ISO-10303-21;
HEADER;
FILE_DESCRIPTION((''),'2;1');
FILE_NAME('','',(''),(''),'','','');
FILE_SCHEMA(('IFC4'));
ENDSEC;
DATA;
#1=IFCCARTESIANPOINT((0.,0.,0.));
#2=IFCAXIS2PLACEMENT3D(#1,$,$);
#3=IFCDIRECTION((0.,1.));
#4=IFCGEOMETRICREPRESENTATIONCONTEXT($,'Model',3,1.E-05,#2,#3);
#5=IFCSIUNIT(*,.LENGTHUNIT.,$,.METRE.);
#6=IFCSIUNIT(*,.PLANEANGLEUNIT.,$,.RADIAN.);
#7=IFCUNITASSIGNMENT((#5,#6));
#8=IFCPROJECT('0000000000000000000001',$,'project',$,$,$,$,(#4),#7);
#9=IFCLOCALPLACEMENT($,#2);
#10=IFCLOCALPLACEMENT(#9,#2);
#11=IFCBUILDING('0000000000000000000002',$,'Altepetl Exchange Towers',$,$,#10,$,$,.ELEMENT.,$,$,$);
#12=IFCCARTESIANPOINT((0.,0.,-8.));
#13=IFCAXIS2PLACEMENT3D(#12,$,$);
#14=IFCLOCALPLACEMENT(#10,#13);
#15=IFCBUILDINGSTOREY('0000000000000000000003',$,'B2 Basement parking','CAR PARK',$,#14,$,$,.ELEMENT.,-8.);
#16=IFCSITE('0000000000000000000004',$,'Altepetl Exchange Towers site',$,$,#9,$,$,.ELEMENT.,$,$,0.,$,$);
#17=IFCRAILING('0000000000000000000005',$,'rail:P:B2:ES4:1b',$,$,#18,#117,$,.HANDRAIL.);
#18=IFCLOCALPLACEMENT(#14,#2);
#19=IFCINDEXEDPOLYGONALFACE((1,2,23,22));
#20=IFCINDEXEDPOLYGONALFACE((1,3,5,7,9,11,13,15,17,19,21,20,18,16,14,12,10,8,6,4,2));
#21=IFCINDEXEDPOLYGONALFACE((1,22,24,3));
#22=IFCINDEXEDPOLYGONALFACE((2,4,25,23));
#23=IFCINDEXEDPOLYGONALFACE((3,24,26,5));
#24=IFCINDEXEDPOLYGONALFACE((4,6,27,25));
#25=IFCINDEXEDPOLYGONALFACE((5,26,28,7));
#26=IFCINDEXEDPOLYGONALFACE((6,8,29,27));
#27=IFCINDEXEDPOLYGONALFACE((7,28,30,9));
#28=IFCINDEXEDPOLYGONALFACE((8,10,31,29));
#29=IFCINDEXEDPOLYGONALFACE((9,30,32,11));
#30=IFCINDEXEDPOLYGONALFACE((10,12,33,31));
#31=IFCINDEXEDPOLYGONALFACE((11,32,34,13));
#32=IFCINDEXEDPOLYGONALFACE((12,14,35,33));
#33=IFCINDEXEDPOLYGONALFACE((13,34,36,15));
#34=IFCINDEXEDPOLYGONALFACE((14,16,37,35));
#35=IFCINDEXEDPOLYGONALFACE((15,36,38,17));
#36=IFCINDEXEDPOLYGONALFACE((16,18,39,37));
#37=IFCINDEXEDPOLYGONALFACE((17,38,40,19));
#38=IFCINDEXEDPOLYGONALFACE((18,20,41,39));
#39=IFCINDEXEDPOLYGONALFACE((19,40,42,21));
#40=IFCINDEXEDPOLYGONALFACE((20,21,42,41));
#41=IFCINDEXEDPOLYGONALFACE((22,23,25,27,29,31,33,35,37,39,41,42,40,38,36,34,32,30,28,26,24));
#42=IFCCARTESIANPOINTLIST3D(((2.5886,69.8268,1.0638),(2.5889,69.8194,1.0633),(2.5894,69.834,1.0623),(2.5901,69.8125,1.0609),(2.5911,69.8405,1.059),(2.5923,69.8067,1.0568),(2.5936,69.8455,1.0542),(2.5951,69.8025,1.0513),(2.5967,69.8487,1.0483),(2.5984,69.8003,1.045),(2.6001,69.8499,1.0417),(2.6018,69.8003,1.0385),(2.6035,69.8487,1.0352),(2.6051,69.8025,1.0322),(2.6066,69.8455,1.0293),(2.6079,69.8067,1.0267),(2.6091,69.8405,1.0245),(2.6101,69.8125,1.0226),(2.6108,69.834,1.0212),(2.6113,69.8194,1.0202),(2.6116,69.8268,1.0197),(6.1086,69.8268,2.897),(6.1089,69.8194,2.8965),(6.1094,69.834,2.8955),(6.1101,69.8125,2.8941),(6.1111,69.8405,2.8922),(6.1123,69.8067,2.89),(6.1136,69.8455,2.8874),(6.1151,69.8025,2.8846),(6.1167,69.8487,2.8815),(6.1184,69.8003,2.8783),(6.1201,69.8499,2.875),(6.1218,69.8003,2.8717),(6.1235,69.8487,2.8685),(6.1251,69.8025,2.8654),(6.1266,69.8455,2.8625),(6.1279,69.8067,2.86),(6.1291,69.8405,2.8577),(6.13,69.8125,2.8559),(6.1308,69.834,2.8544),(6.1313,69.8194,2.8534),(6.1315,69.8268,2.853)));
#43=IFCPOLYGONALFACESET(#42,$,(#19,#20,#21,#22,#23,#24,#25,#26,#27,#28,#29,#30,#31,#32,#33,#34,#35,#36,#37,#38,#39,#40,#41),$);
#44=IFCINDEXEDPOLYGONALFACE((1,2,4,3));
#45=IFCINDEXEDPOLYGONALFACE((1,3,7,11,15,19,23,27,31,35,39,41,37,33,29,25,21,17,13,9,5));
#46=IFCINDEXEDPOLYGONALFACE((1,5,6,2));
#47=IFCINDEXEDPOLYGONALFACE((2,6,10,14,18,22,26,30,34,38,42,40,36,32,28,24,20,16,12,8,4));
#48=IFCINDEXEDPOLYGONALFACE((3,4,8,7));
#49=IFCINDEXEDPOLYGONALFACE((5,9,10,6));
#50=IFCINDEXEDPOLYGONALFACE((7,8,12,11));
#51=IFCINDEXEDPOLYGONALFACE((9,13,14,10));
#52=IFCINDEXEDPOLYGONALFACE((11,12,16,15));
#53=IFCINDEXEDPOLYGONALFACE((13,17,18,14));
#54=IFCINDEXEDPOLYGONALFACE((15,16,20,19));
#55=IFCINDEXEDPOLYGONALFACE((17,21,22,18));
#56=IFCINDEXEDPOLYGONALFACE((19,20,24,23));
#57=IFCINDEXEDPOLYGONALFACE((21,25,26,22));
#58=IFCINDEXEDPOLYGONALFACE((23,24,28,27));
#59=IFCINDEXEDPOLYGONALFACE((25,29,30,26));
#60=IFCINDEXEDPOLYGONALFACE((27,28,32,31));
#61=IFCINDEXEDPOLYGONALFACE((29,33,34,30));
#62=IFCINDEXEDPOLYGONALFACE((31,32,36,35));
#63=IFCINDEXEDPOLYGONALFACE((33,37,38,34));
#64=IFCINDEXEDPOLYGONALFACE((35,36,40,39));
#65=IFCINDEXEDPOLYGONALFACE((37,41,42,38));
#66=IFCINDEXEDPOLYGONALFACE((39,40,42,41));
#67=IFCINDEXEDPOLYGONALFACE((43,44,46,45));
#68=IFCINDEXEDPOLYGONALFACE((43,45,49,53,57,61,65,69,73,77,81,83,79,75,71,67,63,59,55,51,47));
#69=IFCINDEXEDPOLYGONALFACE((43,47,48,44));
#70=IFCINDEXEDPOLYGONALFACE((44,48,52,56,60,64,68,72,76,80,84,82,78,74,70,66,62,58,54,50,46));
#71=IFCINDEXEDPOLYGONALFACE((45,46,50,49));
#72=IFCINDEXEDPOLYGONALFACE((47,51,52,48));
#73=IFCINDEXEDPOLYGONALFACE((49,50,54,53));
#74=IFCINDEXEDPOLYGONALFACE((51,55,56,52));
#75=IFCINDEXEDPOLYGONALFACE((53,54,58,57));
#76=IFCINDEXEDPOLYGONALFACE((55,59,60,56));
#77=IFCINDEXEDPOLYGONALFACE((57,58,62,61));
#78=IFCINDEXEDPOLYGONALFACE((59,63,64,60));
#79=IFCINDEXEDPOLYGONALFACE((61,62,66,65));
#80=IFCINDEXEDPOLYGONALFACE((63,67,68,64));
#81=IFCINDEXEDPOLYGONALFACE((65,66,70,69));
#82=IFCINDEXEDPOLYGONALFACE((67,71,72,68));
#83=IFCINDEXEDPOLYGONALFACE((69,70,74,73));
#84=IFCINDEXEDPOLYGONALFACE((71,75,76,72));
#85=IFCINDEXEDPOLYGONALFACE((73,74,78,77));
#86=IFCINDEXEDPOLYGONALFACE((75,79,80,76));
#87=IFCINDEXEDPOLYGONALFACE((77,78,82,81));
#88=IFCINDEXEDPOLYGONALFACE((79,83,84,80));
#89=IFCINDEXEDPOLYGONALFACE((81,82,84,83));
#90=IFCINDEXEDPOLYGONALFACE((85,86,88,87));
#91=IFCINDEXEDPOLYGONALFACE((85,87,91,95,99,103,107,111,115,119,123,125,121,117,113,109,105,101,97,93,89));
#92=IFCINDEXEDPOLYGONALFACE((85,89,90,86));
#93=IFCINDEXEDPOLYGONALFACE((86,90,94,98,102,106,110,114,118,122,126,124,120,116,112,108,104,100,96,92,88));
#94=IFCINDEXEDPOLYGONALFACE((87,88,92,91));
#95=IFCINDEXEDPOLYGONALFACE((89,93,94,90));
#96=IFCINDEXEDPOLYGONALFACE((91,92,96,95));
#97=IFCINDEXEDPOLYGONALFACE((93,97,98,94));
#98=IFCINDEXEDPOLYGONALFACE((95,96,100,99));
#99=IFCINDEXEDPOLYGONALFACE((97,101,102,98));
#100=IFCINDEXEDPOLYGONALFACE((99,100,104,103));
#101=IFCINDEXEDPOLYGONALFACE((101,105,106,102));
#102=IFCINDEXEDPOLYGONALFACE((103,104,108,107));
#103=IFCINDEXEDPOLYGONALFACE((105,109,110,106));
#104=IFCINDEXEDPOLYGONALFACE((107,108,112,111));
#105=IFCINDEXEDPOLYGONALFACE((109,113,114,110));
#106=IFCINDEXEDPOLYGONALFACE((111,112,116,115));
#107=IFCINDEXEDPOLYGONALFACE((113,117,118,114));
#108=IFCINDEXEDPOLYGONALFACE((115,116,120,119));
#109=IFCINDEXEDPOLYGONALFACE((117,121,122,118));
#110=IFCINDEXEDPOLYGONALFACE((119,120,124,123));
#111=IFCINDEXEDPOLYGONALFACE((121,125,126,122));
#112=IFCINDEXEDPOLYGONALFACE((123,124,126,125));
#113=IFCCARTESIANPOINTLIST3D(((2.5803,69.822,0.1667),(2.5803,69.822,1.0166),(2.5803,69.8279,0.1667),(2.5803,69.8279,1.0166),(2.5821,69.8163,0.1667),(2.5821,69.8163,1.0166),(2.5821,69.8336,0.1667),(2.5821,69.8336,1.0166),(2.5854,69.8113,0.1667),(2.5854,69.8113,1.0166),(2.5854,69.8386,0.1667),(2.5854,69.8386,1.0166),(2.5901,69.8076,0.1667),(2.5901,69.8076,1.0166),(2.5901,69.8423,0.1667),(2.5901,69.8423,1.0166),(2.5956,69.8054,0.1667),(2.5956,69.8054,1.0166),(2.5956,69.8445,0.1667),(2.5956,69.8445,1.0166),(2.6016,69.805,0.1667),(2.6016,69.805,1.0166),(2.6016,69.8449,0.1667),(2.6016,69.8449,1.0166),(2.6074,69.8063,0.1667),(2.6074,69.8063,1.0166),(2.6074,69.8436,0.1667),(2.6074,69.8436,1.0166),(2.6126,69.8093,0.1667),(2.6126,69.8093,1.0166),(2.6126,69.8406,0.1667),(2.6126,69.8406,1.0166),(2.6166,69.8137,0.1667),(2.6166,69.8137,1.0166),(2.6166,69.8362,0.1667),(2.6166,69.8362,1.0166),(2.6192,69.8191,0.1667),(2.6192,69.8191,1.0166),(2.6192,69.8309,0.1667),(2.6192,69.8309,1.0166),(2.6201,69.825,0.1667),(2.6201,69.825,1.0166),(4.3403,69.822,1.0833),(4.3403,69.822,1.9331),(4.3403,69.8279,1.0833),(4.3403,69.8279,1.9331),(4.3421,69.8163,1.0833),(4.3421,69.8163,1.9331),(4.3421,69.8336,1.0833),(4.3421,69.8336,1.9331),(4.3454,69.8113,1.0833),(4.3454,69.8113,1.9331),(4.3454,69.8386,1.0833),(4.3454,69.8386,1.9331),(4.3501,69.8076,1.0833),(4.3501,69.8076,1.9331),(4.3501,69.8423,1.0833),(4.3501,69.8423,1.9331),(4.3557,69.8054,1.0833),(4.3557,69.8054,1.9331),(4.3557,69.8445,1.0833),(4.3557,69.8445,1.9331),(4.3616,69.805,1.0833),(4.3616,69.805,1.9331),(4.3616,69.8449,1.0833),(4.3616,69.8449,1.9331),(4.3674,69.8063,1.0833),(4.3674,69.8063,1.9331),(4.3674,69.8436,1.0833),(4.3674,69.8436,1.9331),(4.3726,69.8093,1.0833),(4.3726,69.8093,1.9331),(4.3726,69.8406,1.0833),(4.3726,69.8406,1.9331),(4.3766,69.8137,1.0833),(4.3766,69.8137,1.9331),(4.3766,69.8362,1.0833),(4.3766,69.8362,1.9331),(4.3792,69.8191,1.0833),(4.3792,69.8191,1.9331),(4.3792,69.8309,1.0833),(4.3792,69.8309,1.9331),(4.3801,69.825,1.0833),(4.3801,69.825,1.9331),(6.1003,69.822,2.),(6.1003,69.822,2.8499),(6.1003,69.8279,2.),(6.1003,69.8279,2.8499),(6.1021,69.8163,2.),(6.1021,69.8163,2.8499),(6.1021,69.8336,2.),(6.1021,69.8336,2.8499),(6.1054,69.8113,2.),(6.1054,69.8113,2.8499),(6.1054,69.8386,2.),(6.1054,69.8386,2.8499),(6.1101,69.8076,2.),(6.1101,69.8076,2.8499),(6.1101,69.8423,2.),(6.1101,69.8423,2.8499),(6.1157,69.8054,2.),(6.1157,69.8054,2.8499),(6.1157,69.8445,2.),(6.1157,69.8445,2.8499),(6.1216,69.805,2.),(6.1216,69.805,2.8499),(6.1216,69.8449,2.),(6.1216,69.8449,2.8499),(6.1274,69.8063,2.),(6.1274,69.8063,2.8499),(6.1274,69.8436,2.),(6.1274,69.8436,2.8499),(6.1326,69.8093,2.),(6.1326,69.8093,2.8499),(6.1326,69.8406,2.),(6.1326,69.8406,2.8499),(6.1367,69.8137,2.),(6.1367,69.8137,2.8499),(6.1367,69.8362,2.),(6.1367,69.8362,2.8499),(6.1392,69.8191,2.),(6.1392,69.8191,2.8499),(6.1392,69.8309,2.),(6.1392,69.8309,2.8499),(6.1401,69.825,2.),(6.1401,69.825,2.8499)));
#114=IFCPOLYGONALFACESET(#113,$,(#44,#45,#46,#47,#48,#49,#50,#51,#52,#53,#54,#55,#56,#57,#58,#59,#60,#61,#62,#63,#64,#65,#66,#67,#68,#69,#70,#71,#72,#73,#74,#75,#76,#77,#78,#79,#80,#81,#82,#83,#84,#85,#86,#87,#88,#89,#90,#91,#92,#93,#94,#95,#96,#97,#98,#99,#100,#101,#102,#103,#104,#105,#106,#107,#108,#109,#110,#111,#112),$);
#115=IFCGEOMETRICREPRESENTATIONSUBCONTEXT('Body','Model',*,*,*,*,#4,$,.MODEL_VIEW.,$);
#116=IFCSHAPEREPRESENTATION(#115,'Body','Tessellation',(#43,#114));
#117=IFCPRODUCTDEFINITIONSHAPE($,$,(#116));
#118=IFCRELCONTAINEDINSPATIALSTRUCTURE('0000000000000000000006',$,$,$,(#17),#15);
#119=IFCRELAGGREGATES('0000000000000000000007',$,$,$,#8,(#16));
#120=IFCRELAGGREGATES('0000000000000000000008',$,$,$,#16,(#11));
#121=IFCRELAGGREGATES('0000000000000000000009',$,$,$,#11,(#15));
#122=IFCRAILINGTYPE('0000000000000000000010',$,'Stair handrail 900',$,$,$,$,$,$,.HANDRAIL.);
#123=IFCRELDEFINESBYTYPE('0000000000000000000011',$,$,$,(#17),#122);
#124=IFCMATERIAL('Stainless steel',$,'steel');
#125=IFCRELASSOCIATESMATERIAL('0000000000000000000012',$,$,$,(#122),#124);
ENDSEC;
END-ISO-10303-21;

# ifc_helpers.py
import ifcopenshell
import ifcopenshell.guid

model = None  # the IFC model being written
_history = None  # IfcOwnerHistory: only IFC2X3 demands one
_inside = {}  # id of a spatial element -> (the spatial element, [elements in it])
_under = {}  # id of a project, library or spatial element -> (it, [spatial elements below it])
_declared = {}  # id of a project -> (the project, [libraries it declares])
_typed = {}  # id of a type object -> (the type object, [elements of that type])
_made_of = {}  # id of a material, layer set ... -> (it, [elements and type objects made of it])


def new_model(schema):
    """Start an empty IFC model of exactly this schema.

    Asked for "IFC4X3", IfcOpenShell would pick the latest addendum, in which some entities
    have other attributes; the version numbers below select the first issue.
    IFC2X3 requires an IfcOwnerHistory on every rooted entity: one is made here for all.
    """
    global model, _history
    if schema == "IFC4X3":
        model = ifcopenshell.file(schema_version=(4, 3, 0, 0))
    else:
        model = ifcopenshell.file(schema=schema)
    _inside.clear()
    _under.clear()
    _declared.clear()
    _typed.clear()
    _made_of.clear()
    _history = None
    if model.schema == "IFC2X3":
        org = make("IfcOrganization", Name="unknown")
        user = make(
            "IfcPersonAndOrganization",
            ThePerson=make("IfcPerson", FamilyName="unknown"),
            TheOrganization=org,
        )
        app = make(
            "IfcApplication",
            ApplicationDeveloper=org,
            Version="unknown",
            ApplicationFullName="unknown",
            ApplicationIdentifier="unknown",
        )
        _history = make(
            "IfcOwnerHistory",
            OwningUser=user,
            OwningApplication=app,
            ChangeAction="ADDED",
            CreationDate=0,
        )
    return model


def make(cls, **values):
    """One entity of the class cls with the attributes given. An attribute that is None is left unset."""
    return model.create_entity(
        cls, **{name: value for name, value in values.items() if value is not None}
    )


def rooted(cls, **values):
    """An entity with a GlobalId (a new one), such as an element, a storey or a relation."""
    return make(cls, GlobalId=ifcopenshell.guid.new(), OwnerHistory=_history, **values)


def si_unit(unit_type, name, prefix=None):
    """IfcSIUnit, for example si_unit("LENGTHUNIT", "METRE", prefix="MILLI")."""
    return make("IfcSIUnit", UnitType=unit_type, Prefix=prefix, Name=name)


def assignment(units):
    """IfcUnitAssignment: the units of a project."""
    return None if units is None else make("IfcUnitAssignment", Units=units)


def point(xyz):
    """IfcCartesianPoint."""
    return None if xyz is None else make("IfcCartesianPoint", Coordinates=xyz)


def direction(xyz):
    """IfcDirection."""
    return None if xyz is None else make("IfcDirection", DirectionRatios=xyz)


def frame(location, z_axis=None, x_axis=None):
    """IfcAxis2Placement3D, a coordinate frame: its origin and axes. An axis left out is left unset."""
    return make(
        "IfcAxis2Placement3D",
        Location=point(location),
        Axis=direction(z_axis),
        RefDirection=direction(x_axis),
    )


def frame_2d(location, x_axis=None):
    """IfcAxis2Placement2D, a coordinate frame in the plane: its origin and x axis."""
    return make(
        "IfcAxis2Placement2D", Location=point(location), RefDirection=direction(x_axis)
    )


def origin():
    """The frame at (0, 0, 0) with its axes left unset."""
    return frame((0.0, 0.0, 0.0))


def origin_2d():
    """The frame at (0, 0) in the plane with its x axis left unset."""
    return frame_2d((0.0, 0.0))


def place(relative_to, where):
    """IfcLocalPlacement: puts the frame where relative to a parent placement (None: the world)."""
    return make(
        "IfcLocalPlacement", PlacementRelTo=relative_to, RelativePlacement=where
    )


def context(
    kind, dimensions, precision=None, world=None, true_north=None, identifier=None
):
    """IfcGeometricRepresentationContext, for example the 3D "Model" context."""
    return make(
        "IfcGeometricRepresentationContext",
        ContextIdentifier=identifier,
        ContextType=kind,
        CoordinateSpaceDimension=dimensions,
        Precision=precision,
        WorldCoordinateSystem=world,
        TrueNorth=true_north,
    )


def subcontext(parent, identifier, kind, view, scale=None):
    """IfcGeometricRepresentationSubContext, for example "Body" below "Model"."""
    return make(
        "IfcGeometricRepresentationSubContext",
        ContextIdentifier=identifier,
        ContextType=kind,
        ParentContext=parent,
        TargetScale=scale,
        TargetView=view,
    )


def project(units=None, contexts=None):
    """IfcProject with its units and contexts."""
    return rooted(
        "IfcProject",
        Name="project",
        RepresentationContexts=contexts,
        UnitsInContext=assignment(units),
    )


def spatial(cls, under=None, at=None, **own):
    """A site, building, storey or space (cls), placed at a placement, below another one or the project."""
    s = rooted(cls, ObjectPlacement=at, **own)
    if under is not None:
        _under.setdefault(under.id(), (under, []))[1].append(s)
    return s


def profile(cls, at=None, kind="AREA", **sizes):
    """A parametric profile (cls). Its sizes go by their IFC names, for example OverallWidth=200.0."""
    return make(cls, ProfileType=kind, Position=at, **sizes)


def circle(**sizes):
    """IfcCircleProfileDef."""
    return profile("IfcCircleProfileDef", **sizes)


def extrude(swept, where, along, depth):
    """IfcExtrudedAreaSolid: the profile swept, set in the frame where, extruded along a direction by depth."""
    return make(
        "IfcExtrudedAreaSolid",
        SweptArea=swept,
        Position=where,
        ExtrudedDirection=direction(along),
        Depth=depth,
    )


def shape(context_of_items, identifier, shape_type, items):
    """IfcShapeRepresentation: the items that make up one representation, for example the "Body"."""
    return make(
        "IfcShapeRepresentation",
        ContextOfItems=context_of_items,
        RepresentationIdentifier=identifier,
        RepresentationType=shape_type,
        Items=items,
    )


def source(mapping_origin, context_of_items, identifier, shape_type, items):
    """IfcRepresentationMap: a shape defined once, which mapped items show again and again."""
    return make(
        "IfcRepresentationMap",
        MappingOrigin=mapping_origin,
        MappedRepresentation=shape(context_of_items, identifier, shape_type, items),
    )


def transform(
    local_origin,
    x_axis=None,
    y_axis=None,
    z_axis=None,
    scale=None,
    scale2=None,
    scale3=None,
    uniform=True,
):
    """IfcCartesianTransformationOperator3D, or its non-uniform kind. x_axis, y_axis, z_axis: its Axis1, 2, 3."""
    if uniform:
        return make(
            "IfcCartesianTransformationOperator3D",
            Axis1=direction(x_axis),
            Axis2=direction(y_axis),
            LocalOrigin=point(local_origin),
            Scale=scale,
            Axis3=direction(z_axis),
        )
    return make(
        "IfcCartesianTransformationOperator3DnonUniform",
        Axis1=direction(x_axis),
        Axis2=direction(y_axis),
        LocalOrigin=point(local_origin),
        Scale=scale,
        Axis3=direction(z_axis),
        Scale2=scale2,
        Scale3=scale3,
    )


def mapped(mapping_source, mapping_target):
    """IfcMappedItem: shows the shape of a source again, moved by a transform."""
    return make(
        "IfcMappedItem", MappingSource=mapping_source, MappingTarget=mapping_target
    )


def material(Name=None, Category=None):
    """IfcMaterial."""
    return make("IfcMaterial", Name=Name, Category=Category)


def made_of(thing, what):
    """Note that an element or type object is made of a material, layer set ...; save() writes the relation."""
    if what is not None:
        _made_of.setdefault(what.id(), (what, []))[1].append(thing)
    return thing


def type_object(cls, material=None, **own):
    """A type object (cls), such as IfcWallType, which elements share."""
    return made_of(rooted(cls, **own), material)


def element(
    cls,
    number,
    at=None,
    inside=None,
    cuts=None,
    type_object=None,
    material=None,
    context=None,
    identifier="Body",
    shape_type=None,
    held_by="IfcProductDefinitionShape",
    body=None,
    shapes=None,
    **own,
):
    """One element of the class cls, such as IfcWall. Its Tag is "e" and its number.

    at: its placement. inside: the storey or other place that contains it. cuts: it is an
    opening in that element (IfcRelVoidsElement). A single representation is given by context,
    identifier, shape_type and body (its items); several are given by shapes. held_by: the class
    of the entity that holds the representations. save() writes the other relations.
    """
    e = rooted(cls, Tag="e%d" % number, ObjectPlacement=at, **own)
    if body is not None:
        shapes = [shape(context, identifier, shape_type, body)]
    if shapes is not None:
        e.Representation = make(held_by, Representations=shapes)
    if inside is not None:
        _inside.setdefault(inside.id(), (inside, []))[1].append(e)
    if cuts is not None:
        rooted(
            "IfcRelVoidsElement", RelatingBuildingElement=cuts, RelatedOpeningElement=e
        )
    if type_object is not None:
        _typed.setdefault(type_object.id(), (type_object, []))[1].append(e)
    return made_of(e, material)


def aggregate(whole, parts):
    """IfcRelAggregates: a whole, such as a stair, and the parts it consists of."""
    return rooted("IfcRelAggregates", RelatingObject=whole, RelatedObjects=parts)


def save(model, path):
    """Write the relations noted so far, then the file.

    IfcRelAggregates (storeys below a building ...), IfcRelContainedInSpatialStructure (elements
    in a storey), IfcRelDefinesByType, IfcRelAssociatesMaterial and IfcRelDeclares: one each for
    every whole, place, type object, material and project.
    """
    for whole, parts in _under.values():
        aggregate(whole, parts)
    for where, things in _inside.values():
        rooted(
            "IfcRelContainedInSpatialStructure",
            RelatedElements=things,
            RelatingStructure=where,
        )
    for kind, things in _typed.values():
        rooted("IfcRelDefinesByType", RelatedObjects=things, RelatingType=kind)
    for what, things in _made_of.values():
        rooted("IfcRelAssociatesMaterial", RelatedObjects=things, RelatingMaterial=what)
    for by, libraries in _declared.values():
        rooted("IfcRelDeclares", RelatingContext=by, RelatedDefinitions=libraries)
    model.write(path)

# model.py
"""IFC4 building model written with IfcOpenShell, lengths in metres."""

from ifc_helpers import new_model, si_unit, direction, frame, origin, origin_2d, place, context, subcontext, project, spatial, circle, extrude, source, transform, mapped, material, type_object, element, save


model = new_model("IFC4")

# Units and contexts
model_context = context("Model", 3, precision=1e-05, world=origin(), true_north=direction((0.0, 1.0)))
body_context = subcontext(model_context, "Body", "Model", "MODEL_VIEW")
ifc_project = project(units=[si_unit("LENGTHUNIT", "METRE"), si_unit("PLANEANGLEUNIT", "RADIAN")], contexts=[model_context])

# Site, building, storey
site_placement = place(None, origin())
site = spatial("IfcSite", under=ifc_project, at=site_placement, Name="Altepetl Exchange Towers site", CompositionType="ELEMENT", RefElevation=0.0)
building_placement = place(site_placement, origin())
building = spatial("IfcBuilding", under=site, at=building_placement, Name="Altepetl Exchange Towers", CompositionType="ELEMENT")
storey_placement = place(building_placement, frame((0.0, 0.0, -8.0)))
storey = spatial("IfcBuildingStorey", under=building, at=storey_placement, Name="B2 Basement parking", Description="CAR PARK", CompositionType="ELEMENT", Elevation=-8.0)

# Railing
ifc_material_1 = material(Name="Stainless steel", Category="steel")
railing_type_1 = type_object("IfcRailingType", Name="Stair handrail 900", PredefinedType="HANDRAIL", material=ifc_material_1)
shared_shape_1 = source(origin(), body_context, "Body", "SweptSolid", [
    extrude(circle(Radius=0.02, at=origin_2d()), origin(), (0.0, 0.0, 1.0), 0.8499),
])
for number, where, name in (
    (1, (2.6001, 69.825, 0.1667), "rail:P:B2:ES4:1b"),
):
    element("IfcRailing", number, at=place(storey_placement, frame(where)), inside=storey, type_object=railing_type_1, Name=name, PredefinedType="HANDRAIL", context=body_context, shape_type="SweptSolid", body=[
        extrude(circle(Radius=0.0249, at=origin_2d()), frame((0.0, 0.0, 0.875), z_axis=(0.886924, 0.0, 0.461916), x_axis=(0.0, 1.0, 0.0)), (0.0, 0.0, 1.0), 3.9688),
        mapped(shared_shape_1, transform((0.0, 0.0, 0.0))),
        mapped(shared_shape_1, transform((1.76, 0.0, 0.9165))),
        mapped(shared_shape_1, transform((3.52, 0.0, 1.8333))),
    ])

save(model, "model.ifc")
